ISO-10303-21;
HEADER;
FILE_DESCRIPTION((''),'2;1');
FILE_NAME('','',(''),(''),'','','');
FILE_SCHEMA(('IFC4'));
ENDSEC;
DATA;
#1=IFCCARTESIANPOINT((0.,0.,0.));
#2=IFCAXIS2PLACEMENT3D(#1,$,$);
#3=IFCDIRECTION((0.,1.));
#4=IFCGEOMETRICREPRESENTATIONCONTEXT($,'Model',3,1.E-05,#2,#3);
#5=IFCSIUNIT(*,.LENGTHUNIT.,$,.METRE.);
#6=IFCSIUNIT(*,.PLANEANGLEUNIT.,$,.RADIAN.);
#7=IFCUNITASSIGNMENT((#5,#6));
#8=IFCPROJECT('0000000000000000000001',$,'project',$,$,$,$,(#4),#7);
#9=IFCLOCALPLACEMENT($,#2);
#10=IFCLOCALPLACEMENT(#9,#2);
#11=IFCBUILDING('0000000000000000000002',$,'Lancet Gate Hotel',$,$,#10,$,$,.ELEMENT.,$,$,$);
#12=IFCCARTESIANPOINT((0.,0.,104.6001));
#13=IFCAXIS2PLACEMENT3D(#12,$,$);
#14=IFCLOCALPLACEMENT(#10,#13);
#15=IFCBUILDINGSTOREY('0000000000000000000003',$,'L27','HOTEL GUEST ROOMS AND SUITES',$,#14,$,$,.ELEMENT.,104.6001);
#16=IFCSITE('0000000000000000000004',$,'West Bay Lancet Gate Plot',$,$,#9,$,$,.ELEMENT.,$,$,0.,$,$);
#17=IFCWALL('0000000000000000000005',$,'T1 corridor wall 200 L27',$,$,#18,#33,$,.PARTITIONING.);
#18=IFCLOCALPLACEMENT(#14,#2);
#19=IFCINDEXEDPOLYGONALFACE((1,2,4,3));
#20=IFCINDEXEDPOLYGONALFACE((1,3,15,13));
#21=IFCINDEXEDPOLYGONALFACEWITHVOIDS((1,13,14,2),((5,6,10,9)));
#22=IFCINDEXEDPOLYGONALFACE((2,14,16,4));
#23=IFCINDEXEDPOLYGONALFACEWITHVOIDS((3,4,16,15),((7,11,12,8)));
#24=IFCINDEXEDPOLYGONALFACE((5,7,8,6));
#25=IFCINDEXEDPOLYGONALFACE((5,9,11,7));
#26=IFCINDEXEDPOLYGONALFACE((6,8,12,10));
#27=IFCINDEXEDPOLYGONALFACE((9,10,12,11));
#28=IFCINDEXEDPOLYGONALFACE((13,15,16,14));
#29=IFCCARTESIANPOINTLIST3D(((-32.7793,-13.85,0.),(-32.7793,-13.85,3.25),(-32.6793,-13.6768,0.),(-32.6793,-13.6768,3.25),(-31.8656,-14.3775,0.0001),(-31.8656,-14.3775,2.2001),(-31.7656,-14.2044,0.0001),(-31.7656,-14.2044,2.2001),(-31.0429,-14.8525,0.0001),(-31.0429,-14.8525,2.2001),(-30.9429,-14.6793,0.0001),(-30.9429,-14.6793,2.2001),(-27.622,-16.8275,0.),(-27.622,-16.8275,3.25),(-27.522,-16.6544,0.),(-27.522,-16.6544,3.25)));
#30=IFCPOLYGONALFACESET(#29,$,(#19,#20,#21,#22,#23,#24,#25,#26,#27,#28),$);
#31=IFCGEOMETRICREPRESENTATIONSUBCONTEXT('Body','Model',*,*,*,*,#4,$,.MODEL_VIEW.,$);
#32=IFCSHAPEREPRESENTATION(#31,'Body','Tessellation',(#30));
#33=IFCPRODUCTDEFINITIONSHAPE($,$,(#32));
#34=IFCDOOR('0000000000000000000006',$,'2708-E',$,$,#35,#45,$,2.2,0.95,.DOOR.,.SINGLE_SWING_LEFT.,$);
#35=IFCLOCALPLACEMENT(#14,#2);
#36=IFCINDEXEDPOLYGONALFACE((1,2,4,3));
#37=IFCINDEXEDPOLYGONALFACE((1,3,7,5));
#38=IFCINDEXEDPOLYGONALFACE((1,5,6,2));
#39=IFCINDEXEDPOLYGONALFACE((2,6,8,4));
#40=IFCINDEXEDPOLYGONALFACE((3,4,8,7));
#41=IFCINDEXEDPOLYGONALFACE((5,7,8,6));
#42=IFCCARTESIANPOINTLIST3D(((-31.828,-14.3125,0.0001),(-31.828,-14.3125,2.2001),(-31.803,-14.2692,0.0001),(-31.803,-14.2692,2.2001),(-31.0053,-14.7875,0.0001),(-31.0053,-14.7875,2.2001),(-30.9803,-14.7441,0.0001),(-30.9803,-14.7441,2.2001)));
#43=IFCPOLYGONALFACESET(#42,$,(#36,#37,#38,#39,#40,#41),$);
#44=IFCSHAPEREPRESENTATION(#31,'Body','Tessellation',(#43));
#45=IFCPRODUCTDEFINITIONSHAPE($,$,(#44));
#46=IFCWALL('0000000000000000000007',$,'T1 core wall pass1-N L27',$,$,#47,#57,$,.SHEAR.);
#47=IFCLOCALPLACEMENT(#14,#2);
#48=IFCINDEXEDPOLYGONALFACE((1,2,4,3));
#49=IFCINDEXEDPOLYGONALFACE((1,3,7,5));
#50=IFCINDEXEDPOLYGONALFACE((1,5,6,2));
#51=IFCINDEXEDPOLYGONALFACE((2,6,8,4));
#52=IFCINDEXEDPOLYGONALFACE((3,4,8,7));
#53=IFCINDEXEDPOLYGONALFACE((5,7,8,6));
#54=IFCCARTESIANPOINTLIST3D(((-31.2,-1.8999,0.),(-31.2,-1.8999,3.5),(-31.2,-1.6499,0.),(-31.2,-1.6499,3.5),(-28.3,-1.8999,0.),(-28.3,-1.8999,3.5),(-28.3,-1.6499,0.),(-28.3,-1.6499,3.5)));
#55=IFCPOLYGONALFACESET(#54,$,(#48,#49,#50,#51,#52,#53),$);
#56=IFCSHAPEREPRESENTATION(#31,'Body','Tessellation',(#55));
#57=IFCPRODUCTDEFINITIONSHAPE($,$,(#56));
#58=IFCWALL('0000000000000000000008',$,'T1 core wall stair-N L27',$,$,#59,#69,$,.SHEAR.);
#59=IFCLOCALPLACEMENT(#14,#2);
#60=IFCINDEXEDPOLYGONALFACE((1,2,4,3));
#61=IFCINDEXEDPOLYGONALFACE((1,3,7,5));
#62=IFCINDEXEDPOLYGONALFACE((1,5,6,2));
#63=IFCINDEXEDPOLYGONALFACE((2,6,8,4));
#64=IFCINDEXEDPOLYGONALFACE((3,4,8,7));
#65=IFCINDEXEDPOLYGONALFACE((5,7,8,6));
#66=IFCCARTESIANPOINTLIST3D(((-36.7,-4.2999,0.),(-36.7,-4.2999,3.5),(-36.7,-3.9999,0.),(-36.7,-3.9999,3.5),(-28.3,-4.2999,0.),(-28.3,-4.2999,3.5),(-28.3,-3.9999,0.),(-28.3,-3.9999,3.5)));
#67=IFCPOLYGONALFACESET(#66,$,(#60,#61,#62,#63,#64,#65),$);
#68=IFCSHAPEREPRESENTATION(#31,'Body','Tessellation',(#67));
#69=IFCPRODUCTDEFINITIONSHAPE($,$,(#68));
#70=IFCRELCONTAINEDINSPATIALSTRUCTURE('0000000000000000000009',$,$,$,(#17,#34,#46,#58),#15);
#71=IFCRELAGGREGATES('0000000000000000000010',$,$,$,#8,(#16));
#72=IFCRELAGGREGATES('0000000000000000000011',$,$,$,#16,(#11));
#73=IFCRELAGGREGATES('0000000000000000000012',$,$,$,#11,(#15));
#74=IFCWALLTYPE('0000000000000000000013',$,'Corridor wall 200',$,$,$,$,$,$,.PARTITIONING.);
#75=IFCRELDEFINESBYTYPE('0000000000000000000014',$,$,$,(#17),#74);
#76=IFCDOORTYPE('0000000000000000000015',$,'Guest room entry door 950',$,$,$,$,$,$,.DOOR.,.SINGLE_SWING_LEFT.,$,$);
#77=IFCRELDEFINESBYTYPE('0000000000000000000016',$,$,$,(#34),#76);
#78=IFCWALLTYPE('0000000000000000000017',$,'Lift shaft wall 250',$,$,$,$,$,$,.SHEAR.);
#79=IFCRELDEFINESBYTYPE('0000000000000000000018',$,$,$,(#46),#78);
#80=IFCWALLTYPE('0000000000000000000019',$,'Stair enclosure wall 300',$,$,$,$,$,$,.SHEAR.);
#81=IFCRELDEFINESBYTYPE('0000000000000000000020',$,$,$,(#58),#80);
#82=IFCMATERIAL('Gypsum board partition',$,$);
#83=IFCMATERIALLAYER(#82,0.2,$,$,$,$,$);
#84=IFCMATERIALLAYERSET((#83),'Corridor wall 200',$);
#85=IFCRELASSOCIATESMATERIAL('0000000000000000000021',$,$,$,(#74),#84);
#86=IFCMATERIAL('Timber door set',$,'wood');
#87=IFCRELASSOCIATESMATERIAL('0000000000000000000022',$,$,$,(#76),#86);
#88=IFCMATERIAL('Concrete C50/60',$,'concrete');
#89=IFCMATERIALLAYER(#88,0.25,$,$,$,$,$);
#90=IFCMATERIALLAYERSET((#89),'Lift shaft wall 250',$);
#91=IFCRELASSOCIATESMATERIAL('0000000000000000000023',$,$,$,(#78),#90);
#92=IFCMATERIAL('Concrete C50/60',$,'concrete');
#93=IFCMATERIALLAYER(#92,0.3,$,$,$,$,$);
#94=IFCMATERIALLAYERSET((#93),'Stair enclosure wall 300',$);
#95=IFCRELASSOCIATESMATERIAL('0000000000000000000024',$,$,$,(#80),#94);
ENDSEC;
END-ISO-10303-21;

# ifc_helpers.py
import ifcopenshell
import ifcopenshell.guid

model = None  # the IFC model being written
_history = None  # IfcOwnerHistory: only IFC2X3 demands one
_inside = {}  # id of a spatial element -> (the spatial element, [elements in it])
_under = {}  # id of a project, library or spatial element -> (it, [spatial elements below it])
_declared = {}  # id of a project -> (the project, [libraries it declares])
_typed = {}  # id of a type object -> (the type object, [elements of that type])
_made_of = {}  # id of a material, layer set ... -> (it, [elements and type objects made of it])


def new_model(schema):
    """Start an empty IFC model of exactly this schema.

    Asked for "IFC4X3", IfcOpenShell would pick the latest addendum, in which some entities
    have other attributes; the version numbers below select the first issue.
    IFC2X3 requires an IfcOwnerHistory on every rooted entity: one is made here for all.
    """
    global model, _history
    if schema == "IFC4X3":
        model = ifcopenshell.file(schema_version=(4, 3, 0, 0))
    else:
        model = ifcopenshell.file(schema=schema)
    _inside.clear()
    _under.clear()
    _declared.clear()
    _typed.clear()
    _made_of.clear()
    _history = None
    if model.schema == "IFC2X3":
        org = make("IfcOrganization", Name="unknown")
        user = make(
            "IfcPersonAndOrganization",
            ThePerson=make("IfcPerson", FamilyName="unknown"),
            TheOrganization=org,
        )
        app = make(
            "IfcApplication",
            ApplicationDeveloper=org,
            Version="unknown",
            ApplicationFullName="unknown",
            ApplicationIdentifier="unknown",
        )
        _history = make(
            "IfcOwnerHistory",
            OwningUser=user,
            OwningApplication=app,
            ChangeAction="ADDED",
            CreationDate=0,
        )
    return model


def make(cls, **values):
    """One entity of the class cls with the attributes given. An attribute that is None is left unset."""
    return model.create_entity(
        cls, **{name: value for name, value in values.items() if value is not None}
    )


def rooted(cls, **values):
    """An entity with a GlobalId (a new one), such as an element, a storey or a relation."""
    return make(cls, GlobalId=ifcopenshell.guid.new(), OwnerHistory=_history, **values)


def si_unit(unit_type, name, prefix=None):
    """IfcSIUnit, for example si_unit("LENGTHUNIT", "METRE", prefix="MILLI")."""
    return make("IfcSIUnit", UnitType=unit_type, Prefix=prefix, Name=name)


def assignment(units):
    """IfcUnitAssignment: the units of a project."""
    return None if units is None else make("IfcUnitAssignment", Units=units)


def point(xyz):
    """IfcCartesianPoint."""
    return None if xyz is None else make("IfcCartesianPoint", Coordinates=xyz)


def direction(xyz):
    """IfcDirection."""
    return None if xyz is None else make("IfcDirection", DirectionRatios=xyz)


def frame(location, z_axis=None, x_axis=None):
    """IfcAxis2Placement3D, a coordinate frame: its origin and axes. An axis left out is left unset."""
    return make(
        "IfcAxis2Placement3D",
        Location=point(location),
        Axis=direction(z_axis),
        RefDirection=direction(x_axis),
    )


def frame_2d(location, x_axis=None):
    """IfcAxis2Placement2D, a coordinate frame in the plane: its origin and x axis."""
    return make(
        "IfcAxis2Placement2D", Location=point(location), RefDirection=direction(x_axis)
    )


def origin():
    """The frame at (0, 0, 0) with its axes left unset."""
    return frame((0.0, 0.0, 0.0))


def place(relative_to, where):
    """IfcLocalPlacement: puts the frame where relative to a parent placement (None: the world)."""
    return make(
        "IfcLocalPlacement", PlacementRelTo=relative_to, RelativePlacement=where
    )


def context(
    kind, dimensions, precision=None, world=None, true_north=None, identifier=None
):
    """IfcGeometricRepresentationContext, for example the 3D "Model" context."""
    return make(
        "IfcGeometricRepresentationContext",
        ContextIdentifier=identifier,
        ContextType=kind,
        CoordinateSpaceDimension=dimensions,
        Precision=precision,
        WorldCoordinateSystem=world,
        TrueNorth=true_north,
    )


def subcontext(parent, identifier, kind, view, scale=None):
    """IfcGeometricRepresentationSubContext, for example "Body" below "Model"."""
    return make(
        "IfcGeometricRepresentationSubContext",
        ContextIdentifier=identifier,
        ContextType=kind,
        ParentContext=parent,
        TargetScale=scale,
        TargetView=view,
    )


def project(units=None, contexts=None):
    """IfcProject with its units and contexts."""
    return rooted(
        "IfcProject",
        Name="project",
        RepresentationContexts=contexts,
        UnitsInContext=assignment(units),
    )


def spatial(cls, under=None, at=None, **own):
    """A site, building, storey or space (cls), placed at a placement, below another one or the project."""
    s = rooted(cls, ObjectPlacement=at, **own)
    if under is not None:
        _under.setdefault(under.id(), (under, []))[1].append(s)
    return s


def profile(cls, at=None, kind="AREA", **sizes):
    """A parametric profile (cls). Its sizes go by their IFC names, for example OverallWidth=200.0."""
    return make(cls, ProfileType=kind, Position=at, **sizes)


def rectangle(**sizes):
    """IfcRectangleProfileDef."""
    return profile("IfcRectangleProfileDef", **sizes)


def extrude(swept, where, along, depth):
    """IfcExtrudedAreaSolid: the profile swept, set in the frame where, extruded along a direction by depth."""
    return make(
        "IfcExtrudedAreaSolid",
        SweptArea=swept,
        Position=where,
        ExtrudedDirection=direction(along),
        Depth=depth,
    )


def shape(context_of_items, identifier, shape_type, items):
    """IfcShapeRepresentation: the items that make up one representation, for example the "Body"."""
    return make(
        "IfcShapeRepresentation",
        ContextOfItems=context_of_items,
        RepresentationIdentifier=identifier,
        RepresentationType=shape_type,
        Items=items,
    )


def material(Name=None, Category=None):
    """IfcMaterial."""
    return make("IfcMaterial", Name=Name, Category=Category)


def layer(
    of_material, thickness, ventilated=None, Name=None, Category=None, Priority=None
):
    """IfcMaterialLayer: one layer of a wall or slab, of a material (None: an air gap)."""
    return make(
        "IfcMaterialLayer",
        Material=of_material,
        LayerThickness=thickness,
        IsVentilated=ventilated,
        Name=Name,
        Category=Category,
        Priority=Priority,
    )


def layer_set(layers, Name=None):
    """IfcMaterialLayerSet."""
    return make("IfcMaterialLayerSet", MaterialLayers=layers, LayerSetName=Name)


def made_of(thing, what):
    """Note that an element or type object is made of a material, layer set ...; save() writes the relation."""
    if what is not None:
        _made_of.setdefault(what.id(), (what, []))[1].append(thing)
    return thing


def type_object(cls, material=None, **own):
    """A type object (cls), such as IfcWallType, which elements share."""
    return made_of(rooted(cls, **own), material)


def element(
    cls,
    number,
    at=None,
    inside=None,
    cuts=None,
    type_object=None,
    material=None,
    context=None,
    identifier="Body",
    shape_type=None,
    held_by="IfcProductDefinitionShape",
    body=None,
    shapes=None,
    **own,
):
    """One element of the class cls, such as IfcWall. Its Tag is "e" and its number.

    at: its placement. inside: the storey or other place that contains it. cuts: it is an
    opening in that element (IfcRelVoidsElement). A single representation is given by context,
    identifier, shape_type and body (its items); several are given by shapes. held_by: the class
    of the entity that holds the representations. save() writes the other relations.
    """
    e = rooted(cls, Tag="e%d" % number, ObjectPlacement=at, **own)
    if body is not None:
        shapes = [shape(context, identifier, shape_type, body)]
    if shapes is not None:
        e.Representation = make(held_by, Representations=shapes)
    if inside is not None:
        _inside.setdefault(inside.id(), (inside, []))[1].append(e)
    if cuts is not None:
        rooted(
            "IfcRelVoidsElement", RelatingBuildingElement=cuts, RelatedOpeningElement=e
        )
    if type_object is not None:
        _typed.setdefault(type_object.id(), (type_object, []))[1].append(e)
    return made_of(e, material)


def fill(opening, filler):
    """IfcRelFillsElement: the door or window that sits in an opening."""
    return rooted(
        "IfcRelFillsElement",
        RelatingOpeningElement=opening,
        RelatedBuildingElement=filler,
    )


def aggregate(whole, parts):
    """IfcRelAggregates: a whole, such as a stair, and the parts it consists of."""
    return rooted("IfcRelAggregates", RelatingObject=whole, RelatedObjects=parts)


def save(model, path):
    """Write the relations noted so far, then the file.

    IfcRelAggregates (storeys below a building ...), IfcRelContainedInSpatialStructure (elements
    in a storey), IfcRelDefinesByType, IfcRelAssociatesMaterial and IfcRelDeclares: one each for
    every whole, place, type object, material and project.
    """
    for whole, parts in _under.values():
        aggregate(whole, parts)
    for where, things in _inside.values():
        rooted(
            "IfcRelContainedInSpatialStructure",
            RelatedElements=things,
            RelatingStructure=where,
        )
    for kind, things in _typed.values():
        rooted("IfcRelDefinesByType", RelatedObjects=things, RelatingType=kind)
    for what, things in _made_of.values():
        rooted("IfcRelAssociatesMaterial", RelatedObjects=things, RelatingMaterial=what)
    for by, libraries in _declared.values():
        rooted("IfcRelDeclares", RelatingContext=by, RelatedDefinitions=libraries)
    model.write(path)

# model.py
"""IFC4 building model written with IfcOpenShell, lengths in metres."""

from ifc_helpers import new_model, si_unit, direction, frame, frame_2d, origin, place, context, subcontext, project, spatial, rectangle, extrude, material, layer, layer_set, type_object, element, fill, save


model = new_model("IFC4")

# Units and contexts
model_context = context("Model", 3, precision=1e-05, world=origin(), true_north=direction((0.0, 1.0)))
body_context = subcontext(model_context, "Body", "Model", "MODEL_VIEW")
ifc_project = project(units=[si_unit("LENGTHUNIT", "METRE"), si_unit("PLANEANGLEUNIT", "RADIAN")], contexts=[model_context])

# Site, building, storey
site_placement = place(None, origin())
site = spatial("IfcSite", under=ifc_project, at=site_placement, Name="West Bay Lancet Gate Plot", CompositionType="ELEMENT", RefElevation=0.0)
building_placement = place(site_placement, origin())
building = spatial("IfcBuilding", under=site, at=building_placement, Name="Lancet Gate Hotel", CompositionType="ELEMENT")
storey_placement = place(building_placement, frame((0.0, 0.0, 104.6001)))
storey = spatial("IfcBuildingStorey", under=building, at=storey_placement, Name="L27", Description="HOTEL GUEST ROOMS AND SUITES", CompositionType="ELEMENT", Elevation=104.6001)

# Wall, opening, door
ifc_material_1 = material(Name="Gypsum board partition")
ifc_layer_1 = layer(ifc_material_1, 0.2)
ifc_layer_set_1 = layer_set([ifc_layer_1], Name="Corridor wall 200")
wall_type_1 = type_object("IfcWallType", Name="Corridor wall 200", PredefinedType="PARTITIONING", material=ifc_layer_set_1)
wall_1_placement = place(storey_placement, frame((-27.572, -16.741, 0.0), z_axis=(0.0, 0.0, 1.0), x_axis=(-0.866024, 0.500002, 0.0)))
wall_1 = element("IfcWall", 1, at=wall_1_placement, inside=storey, type_object=wall_type_1, Name="T1 corridor wall 200 L27", PredefinedType="PARTITIONING", context=body_context, shape_type="SweptSolid", body=[
    extrude(rectangle(XDim=5.9551, YDim=0.2, at=frame_2d((2.9775, 0.0))), origin(), (0.0, 0.0, 1.0), 3.25),
])
opening_1_placement = place(wall_1_placement, frame((3.95, 0.0, 0.0)))
opening_1 = element("IfcOpeningElement", 2, at=opening_1_placement, cuts=wall_1, PredefinedType="OPENING", context=body_context, shape_type="SweptSolid", body=[
    extrude(rectangle(XDim=0.95, YDim=2.2, at=frame_2d((0.4751, 1.1001))), frame((0.0, 0.1099, 0.0), z_axis=(0.0, -1.0, 0.0), x_axis=(1.0, 0.0, 0.0)), (0.0, 0.0, 1.0), 0.22),
])
ifc_material_2 = material(Name="Timber door set", Category="wood")
door_type_1 = type_object("IfcDoorType", Name="Guest room entry door 950", OperationType="SINGLE_SWING_LEFT", PredefinedType="DOOR", material=ifc_material_2)
door_1_placement = place(opening_1_placement, origin())
door_1 = element("IfcDoor", 3, at=door_1_placement, inside=storey, type_object=door_type_1, Name="2708-E", OperationType="SINGLE_SWING_LEFT", OverallHeight=2.2, OverallWidth=0.95, PredefinedType="DOOR", context=body_context, shape_type="SweptSolid", body=[
    extrude(rectangle(XDim=0.95, YDim=2.2, at=frame_2d((0.4751, 1.1001))), frame((0.0, 0.0249, 0.0), z_axis=(0.0, -1.0, 0.0), x_axis=(1.0, 0.0, 0.0)), (0.0, 0.0, 1.0), 0.05),
])
fill(opening_1, door_1)

# Walls
ifc_material_3 = material(Name="Concrete C50/60", Category="concrete")
ifc_layer_2 = layer(ifc_material_3, 0.25)
ifc_layer_set_2 = layer_set([ifc_layer_2], Name="Lift shaft wall 250")
wall_type_2 = type_object("IfcWallType", Name="Lift shaft wall 250", PredefinedType="SHEAR", material=ifc_layer_set_2)
wall_2_placement = place(storey_placement, frame((-28.3, -1.7749, 0.0), z_axis=(0.0, 0.0, 1.0), x_axis=(-1.0, 0.0, 0.0)))
element("IfcWall", 4, at=wall_2_placement, inside=storey, type_object=wall_type_2, Name="T1 core wall pass1-N L27", PredefinedType="SHEAR", context=body_context, shape_type="SweptSolid", body=[
    extrude(rectangle(XDim=2.8999, YDim=0.25, at=frame_2d((1.45, 0.0))), origin(), (0.0, 0.0, 1.0), 3.5),
])
ifc_material_4 = material(Name="Concrete C50/60", Category="concrete")
ifc_layer_3 = layer(ifc_material_4, 0.3)
ifc_layer_set_3 = layer_set([ifc_layer_3], Name="Stair enclosure wall 300")
wall_type_3 = type_object("IfcWallType", Name="Stair enclosure wall 300", PredefinedType="SHEAR", material=ifc_layer_set_3)
wall_3_placement = place(storey_placement, frame((-28.3, -4.1499, 0.0), z_axis=(0.0, 0.0, 1.0), x_axis=(-1.0, 0.0, 0.0)))
element("IfcWall", 5, at=wall_3_placement, inside=storey, type_object=wall_type_3, Name="T1 core wall stair-N L27", PredefinedType="SHEAR", context=body_context, shape_type="SweptSolid", body=[
    extrude(rectangle(XDim=8.3999, YDim=0.3, at=frame_2d((4.2, 0.0))), origin(), (0.0, 0.0, 1.0), 3.5),
])

save(model, "model.ifc")
